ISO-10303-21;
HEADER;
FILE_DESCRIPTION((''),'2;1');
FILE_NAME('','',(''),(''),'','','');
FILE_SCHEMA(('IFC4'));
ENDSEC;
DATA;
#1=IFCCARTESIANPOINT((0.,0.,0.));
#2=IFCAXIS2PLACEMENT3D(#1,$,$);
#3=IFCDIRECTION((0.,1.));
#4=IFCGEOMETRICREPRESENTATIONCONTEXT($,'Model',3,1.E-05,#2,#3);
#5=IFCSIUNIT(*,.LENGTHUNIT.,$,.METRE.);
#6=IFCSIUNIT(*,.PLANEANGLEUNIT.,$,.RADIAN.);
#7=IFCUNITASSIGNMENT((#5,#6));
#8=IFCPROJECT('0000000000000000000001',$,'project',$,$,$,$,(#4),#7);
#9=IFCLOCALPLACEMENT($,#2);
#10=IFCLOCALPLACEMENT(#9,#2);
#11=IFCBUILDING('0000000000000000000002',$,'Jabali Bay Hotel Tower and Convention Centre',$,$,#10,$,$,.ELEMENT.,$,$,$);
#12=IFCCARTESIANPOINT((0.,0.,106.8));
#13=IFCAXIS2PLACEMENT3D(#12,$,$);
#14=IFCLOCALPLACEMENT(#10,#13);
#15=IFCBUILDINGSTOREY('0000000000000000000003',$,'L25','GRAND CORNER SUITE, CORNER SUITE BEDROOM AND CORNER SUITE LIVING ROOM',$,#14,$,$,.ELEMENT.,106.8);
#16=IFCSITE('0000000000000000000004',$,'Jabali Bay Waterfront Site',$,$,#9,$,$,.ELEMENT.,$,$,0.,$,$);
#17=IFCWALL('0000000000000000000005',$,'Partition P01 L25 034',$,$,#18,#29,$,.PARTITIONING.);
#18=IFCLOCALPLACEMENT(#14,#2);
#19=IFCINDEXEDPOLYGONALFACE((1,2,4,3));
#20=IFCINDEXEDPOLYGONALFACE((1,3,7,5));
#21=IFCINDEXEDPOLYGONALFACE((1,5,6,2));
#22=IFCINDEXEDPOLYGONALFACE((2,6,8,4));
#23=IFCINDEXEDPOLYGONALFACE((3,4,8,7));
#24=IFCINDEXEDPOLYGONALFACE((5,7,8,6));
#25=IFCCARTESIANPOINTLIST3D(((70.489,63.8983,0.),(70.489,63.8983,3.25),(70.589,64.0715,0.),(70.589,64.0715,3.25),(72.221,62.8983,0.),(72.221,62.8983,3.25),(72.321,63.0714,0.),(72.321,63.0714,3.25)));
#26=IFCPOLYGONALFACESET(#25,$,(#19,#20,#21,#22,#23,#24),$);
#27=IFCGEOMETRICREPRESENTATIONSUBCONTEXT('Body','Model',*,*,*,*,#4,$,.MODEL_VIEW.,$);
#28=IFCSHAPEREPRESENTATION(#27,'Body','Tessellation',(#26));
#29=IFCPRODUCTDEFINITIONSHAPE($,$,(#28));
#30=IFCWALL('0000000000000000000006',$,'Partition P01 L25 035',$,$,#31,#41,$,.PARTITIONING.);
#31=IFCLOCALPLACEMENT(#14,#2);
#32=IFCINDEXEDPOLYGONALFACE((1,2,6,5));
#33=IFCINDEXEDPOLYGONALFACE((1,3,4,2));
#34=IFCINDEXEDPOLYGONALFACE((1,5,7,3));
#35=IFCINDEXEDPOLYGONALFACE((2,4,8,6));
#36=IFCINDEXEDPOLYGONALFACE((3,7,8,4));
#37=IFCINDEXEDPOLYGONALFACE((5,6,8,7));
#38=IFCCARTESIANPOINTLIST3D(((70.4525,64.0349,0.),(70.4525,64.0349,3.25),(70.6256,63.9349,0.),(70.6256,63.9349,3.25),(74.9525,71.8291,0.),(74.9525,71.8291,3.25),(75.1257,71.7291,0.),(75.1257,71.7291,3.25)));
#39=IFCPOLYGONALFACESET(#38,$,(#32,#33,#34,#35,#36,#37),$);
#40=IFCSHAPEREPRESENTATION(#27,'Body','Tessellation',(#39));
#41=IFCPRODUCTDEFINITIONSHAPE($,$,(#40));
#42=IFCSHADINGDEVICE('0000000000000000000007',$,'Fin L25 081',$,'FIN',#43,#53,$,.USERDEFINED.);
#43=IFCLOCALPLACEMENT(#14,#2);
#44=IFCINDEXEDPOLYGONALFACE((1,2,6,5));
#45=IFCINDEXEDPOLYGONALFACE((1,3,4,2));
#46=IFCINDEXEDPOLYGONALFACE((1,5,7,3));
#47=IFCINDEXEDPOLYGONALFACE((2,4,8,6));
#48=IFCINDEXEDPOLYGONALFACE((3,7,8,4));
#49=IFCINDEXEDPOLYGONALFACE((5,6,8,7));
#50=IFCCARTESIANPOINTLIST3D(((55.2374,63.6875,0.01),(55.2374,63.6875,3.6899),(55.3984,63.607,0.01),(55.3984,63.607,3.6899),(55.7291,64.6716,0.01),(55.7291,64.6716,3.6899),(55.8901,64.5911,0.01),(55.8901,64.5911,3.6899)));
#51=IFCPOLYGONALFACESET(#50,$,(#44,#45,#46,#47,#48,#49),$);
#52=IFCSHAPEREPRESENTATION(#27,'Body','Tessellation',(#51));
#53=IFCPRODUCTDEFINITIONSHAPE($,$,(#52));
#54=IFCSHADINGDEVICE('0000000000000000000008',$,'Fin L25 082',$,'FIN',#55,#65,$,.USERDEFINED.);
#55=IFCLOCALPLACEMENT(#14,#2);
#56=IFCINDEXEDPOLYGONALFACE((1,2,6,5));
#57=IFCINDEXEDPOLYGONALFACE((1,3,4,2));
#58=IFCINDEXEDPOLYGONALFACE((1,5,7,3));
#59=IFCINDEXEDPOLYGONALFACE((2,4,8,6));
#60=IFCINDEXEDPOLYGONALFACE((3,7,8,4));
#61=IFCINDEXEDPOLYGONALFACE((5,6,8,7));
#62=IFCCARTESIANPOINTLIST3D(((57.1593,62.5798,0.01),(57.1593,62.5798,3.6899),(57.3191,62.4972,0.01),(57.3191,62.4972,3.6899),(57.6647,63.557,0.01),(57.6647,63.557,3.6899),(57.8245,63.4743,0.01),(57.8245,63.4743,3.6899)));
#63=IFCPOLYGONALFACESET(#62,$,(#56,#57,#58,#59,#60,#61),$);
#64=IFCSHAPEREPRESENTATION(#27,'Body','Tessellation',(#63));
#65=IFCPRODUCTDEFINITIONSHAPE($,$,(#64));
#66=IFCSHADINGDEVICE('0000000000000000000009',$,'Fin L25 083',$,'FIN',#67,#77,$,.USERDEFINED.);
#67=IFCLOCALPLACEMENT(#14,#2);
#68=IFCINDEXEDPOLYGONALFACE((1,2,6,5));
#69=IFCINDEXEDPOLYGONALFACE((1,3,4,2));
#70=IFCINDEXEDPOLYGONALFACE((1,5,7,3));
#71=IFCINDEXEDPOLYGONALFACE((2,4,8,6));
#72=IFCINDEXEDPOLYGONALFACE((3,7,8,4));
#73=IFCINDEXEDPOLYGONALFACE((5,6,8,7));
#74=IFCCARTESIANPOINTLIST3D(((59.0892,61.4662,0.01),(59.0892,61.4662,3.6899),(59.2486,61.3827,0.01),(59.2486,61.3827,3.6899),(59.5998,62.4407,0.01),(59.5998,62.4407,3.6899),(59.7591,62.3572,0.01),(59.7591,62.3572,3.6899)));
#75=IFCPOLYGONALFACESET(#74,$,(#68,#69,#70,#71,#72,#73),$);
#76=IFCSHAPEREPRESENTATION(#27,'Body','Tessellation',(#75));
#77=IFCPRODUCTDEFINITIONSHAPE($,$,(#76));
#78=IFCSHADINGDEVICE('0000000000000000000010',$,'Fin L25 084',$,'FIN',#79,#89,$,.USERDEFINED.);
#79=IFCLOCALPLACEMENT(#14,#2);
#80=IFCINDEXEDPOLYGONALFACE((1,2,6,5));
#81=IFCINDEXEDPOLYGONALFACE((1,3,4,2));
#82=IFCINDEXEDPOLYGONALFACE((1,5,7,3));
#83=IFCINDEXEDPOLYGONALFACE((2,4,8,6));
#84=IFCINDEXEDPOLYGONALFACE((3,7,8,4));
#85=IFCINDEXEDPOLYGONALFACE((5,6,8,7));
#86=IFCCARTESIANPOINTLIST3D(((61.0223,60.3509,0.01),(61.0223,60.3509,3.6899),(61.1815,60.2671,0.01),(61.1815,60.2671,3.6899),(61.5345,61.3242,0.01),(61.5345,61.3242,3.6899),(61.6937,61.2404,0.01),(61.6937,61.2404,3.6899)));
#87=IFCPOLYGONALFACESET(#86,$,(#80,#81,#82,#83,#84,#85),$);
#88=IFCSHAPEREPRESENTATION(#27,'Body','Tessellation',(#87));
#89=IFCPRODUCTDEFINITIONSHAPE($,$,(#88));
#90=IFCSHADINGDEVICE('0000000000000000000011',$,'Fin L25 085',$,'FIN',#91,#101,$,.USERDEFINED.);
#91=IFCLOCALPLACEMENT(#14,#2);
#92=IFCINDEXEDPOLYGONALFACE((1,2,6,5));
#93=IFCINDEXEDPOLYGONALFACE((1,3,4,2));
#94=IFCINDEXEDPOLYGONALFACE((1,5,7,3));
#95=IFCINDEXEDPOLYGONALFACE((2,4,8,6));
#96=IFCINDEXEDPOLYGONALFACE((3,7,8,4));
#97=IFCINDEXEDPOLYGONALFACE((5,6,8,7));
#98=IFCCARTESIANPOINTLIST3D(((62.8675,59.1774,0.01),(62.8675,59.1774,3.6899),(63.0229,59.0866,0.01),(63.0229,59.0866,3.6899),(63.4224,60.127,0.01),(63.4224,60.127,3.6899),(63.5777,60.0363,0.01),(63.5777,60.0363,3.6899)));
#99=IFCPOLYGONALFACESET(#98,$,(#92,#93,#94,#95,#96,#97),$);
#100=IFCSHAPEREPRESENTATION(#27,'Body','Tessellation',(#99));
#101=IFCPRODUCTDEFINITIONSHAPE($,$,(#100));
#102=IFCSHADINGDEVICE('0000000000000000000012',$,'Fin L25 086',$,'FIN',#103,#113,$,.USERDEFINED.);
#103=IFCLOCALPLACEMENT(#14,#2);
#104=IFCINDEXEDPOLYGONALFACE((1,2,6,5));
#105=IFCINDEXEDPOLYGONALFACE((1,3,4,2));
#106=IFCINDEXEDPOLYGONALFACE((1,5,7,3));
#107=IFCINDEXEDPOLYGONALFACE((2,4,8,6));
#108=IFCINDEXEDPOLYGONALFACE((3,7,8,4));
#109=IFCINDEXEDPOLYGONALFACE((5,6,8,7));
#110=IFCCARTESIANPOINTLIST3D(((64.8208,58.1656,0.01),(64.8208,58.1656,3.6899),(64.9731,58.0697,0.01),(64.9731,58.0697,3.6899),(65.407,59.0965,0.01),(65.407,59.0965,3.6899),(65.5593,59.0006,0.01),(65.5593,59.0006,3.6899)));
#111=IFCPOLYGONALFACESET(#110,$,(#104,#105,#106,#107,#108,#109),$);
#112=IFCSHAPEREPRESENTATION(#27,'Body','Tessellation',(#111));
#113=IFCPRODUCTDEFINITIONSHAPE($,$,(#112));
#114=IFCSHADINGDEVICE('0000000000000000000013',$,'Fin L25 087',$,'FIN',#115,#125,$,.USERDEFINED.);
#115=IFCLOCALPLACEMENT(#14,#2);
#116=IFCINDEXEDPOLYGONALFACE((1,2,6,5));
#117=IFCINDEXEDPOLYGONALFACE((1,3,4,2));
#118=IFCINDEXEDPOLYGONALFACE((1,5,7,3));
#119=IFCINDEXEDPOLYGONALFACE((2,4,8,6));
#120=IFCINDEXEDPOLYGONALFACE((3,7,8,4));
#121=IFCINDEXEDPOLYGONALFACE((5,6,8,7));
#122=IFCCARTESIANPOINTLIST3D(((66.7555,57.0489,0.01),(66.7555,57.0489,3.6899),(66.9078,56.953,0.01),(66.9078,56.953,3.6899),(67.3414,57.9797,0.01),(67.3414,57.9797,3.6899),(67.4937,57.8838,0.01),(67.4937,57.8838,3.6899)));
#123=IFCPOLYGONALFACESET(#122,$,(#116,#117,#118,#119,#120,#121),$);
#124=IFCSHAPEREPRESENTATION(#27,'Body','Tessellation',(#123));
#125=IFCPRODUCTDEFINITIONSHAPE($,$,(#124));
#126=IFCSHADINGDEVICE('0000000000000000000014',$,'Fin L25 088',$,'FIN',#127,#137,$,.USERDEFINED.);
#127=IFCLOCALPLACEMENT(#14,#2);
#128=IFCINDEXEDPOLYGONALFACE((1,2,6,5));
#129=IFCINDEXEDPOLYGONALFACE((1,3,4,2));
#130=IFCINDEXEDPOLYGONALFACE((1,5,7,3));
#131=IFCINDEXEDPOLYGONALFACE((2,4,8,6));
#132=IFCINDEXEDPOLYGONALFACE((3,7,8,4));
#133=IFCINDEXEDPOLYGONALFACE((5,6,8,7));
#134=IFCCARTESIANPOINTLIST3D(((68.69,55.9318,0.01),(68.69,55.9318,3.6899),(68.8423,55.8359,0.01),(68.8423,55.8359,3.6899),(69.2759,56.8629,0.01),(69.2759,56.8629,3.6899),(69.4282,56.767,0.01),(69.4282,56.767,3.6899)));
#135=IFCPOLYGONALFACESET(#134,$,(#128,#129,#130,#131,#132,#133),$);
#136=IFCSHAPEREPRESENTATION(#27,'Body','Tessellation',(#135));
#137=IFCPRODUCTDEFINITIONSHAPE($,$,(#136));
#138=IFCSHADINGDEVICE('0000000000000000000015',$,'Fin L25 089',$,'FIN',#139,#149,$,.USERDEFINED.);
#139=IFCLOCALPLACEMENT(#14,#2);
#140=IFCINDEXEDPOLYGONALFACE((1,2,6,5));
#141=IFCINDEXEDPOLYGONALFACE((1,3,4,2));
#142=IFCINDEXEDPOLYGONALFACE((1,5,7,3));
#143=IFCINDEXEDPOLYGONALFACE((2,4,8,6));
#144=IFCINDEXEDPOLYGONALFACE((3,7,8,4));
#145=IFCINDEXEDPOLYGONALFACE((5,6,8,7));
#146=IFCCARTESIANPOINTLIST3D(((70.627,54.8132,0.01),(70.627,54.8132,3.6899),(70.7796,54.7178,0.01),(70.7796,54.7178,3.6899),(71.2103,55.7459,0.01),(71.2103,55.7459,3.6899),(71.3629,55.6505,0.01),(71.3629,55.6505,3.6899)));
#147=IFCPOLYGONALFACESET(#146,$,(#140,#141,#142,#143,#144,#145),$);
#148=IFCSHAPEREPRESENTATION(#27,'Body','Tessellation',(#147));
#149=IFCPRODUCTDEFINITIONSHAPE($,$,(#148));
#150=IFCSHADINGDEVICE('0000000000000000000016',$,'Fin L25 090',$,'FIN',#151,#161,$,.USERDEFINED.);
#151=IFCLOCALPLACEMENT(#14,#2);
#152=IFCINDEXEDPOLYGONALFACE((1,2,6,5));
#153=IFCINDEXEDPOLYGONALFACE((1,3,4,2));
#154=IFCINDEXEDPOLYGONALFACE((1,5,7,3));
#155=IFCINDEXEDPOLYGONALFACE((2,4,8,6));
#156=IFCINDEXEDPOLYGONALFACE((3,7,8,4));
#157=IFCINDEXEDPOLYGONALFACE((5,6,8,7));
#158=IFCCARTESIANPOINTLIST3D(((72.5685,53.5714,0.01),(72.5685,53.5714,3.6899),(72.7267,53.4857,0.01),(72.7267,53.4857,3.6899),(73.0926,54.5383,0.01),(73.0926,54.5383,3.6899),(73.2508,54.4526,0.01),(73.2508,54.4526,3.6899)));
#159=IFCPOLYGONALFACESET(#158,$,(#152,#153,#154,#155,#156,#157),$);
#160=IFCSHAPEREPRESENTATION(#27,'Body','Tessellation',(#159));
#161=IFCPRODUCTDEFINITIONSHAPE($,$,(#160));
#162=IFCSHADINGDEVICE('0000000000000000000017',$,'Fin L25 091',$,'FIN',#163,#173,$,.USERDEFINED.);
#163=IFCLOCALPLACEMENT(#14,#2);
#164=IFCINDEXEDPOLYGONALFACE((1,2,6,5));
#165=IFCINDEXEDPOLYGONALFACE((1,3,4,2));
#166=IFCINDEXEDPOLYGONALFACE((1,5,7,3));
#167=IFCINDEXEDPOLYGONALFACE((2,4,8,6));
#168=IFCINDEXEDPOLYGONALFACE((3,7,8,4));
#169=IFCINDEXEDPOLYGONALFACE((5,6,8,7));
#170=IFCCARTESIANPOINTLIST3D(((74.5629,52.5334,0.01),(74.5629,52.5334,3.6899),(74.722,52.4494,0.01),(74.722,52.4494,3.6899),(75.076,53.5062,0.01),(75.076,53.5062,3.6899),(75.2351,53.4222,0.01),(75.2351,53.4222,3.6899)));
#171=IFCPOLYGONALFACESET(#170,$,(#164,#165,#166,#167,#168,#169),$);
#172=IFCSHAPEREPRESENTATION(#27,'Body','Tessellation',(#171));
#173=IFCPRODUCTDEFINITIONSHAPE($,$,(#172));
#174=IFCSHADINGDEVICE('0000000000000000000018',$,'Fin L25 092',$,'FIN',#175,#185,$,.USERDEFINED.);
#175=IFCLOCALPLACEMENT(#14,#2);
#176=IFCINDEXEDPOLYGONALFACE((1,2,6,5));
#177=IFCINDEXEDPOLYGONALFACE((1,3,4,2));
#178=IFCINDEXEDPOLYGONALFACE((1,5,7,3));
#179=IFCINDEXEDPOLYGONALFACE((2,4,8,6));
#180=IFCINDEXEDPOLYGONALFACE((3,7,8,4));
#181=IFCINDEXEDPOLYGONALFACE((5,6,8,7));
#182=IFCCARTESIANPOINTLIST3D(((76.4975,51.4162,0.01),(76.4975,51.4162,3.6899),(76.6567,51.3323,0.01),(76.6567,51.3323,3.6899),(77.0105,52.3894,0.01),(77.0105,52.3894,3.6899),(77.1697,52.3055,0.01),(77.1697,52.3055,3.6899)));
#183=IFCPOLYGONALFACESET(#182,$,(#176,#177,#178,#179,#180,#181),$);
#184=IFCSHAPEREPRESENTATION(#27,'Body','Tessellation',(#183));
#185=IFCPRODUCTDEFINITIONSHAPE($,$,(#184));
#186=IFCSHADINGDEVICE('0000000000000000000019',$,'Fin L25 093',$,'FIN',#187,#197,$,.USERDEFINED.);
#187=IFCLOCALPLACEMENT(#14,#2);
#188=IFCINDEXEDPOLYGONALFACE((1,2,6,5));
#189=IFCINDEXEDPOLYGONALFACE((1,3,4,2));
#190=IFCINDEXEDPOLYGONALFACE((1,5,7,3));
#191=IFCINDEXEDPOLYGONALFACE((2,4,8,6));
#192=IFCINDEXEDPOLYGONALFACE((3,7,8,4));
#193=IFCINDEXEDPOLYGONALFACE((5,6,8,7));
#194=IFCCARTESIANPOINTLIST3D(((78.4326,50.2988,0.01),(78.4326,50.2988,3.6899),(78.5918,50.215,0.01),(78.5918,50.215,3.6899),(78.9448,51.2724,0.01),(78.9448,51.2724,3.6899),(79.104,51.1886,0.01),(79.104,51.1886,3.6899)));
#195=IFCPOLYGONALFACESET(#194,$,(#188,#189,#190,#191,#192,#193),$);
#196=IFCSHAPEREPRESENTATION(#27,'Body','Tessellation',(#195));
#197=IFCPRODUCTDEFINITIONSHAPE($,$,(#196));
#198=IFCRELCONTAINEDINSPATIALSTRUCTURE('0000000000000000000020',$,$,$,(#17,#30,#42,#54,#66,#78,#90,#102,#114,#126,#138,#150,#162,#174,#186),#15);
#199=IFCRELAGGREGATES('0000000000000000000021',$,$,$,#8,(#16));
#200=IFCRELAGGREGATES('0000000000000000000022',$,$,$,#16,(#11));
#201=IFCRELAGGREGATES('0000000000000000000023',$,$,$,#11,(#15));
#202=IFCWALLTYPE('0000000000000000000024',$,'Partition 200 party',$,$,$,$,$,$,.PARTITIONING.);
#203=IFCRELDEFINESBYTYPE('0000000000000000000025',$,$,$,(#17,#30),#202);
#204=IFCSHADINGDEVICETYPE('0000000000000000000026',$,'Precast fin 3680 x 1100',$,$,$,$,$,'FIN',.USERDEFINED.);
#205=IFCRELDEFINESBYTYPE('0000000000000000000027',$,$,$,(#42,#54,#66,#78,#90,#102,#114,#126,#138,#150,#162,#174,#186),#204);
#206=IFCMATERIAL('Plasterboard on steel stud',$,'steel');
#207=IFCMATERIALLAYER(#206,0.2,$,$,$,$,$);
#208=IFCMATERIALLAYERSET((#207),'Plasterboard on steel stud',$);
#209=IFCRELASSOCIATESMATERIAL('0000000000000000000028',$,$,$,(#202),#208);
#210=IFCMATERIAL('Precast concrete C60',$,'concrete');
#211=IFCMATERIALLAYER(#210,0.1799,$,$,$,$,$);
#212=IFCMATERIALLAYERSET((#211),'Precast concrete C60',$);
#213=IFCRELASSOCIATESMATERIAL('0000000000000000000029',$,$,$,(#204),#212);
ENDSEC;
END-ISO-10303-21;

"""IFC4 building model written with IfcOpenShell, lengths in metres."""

from ifc_helpers import new_model, si_unit, direction, frame, frame_2d, origin, place, context, subcontext, project, spatial, rectangle, extrude, material, layer, layer_set, type_object, element, save


model = new_model("IFC4")

# Units and contexts
model_context = context("Model", 3, precision=1e-05, world=origin(), true_north=direction((0.0, 1.0)))
body_context = subcontext(model_context, "Body", "Model", "MODEL_VIEW")
ifc_project = project(units=[si_unit("LENGTHUNIT", "METRE"), si_unit("PLANEANGLEUNIT", "RADIAN")], contexts=[model_context])

# Site, building, storey
site_placement = place(None, origin())
site = spatial("IfcSite", under=ifc_project, at=site_placement, Name="Jabali Bay Waterfront Site", CompositionType="ELEMENT", RefElevation=0.0)
building_placement = place(site_placement, origin())
building = spatial("IfcBuilding", under=site, at=building_placement, Name="Jabali Bay Hotel Tower and Convention Centre", CompositionType="ELEMENT")
storey_placement = place(building_placement, frame((0.0, 0.0, 106.8)))
storey = spatial("IfcBuildingStorey", under=building, at=storey_placement, Name="L25", Description="GRAND CORNER SUITE, CORNER SUITE BEDROOM AND CORNER SUITE LIVING ROOM", CompositionType="ELEMENT", Elevation=106.8)

# Shared definitions
ifc_material_1 = material(Name="Plasterboard on steel stud", Category="steel")

# Walls
ifc_layer_1 = layer(ifc_material_1, 0.2)
ifc_layer_set_1 = layer_set([ifc_layer_1], Name="Plasterboard on steel stud")
wall_type_1 = type_object("IfcWallType", Name="Partition 200 party", PredefinedType="PARTITIONING", material=ifc_layer_set_1)
wall_1_placement = place(storey_placement, frame((72.271, 62.9849, 0.0), z_axis=(0.0, 0.0, 1.0), x_axis=(-0.866011, 0.500025, 0.0)))
element("IfcWall", 1, at=wall_1_placement, inside=storey, type_object=wall_type_1, Name="Partition P01 L25 034", PredefinedType="PARTITIONING", context=body_context, shape_type="SweptSolid", body=[
    extrude(rectangle(XDim=2.0, YDim=0.2, at=frame_2d((1.0, 0.0))), origin(), (0.0, 0.0, 1.0), 3.25),
])
wall_2_placement = place(storey_placement, frame((70.5391, 63.9849, 0.0), z_axis=(0.0, 0.0, 1.0), x_axis=(0.500002, 0.866024, 0.0)))
element("IfcWall", 2, at=wall_2_placement, inside=storey, type_object=wall_type_1, Name="Partition P01 L25 035", PredefinedType="PARTITIONING", context=body_context, shape_type="SweptSolid", body=[
    extrude(rectangle(XDim=9.0, YDim=0.2, at=frame_2d((4.5, 0.0))), origin(), (0.0, 0.0, 1.0), 3.25),
])

# Shading devices
ifc_material_2 = material(Name="Precast concrete C60", Category="concrete")
ifc_layer_2 = layer(ifc_material_2, 0.1799)
ifc_layer_set_2 = layer_set([ifc_layer_2], Name="Precast concrete C60")
shading_device_type = type_object("IfcShadingDeviceType", Name="Precast fin 3680 x 1100", ElementType="FIN", PredefinedType="USERDEFINED", material=ifc_layer_set_2)
for number, where, z_axis, x_axis, name in (
    (3, (55.8096, 64.6313, 0.01), (0.0, 0.0, 1.0), (-0.446947, -0.89456, 0.0), "Fin L25 081"),
    (4, (57.7446, 63.5156, 0.01), (0.0, 0.0, 1.0), (-0.459423, -0.888218, 0.0), "Fin L25 082"),
    (5, (59.6794, 62.3989, 0.01), (0.0, 0.0, 1.0), (-0.46409, -0.885788, 0.0), "Fin L25 083"),
):
    element("IfcShadingDevice", number, at=place(storey_placement, frame(where, z_axis=z_axis, x_axis=x_axis)), inside=storey, type_object=shading_device_type, Name=name, ObjectType="FIN", PredefinedType="USERDEFINED", context=body_context, shape_type="SweptSolid", body=[
        extrude(rectangle(XDim=1.1001, YDim=0.1799, at=frame_2d((0.55, 0.0))), origin(), (0.0, 0.0, 1.0), 3.6799),
    ])
for number, where, z_axis, x_axis, name in (
    (6, (61.614, 61.2822, 0.01), (0.0, 0.0, 1.0), (-0.465673, -0.884957, 0.0), "Fin L25 084"),
    (7, (63.5, 60.0815, 0.01), (0.0, 0.0, 1.0), (-0.504506, -0.863408, 0.0), "Fin L25 085"),
):
    element("IfcShadingDevice", number, at=place(storey_placement, frame(where, z_axis=z_axis, x_axis=x_axis)), inside=storey, type_object=shading_device_type, Name=name, ObjectType="FIN", PredefinedType="USERDEFINED", context=body_context, shape_type="SweptSolid", body=[
        extrude(rectangle(XDim=1.0999, YDim=0.1799, at=frame_2d((0.5498, 0.0))), origin(), (0.0, 0.0, 1.0), 3.6799),
    ])
shading_device_1_placement = place(storey_placement, frame((65.4832, 59.0486, 0.01), z_axis=(0.0, 0.0, 1.0), x_axis=(-0.532849, -0.846211, 0.0)))
element("IfcShadingDevice", 8, at=shading_device_1_placement, inside=storey, type_object=shading_device_type, Name="Fin L25 086", ObjectType="FIN", PredefinedType="USERDEFINED", context=body_context, shape_type="SweptSolid", body=[
    extrude(rectangle(XDim=1.1001, YDim=0.1799, at=frame_2d((0.55, 0.0))), origin(), (0.0, 0.0, 1.0), 3.6799),
])
shading_device_2_placement = place(storey_placement, frame((67.4175, 57.9316, 0.01), z_axis=(0.0, 0.0, 1.0), x_axis=(-0.53269, -0.846311, 0.0)))
element("IfcShadingDevice", 9, at=shading_device_2_placement, inside=storey, type_object=shading_device_type, Name="Fin L25 087", ObjectType="FIN", PredefinedType="USERDEFINED", context=body_context, shape_type="SweptSolid", body=[
    extrude(rectangle(XDim=1.0999, YDim=0.1799, at=frame_2d((0.5498, 0.0))), origin(), (0.0, 0.0, 1.0), 3.6799),
])
for number, where, z_axis, x_axis, name in (
    (10, (69.3521, 56.8149, 0.01), (0.0, 0.0, 1.0), (-0.53259, -0.846374, 0.0), "Fin L25 088"),
    (11, (71.2866, 55.6982, 0.01), (0.0, 0.0, 1.0), (-0.530238, -0.847849, 0.0), "Fin L25 089"),
):
    element("IfcShadingDevice", number, at=place(storey_placement, frame(where, z_axis=z_axis, x_axis=x_axis)), inside=storey, type_object=shading_device_type, Name=name, ObjectType="FIN", PredefinedType="USERDEFINED", context=body_context, shape_type="SweptSolid", body=[
        extrude(rectangle(XDim=1.1001, YDim=0.1799, at=frame_2d((0.55, 0.0))), origin(), (0.0, 0.0, 1.0), 3.6799),
    ])
for number, where, z_axis, x_axis, name in (
    (12, (73.1716, 54.4954, 0.01), (0.0, 0.0, 1.0), (-0.476533, -0.879156, 0.0), "Fin L25 090"),
    (13, (75.1555, 53.4641, 0.01), (0.0, 0.0, 1.0), (-0.466551, -0.884494, 0.0), "Fin L25 091"),
):
    element("IfcShadingDevice", number, at=place(storey_placement, frame(where, z_axis=z_axis, x_axis=x_axis)), inside=storey, type_object=shading_device_type, Name=name, ObjectType="FIN", PredefinedType="USERDEFINED", context=body_context, shape_type="SweptSolid", body=[
        extrude(rectangle(XDim=1.0999, YDim=0.1799, at=frame_2d((0.5498, 0.0))), origin(), (0.0, 0.0, 1.0), 3.6799),
    ])
for number, where, z_axis, x_axis, name in (
    (14, (77.0901, 52.3474, 0.01), (0.0, 0.0, 1.0), (-0.466286, -0.884634, 0.0), "Fin L25 092"),
    (15, (79.0244, 51.2305, 0.01), (0.0, 0.0, 1.0), (-0.465582, -0.885005, 0.0), "Fin L25 093"),
):
    element("IfcShadingDevice", number, at=place(storey_placement, frame(where, z_axis=z_axis, x_axis=x_axis)), inside=storey, type_object=shading_device_type, Name=name, ObjectType="FIN", PredefinedType="USERDEFINED", context=body_context, shape_type="SweptSolid", body=[
        extrude(rectangle(XDim=1.1001, YDim=0.1799, at=frame_2d((0.55, 0.0))), origin(), (0.0, 0.0, 1.0), 3.6799),
    ])

save(model, "model.ifc")
